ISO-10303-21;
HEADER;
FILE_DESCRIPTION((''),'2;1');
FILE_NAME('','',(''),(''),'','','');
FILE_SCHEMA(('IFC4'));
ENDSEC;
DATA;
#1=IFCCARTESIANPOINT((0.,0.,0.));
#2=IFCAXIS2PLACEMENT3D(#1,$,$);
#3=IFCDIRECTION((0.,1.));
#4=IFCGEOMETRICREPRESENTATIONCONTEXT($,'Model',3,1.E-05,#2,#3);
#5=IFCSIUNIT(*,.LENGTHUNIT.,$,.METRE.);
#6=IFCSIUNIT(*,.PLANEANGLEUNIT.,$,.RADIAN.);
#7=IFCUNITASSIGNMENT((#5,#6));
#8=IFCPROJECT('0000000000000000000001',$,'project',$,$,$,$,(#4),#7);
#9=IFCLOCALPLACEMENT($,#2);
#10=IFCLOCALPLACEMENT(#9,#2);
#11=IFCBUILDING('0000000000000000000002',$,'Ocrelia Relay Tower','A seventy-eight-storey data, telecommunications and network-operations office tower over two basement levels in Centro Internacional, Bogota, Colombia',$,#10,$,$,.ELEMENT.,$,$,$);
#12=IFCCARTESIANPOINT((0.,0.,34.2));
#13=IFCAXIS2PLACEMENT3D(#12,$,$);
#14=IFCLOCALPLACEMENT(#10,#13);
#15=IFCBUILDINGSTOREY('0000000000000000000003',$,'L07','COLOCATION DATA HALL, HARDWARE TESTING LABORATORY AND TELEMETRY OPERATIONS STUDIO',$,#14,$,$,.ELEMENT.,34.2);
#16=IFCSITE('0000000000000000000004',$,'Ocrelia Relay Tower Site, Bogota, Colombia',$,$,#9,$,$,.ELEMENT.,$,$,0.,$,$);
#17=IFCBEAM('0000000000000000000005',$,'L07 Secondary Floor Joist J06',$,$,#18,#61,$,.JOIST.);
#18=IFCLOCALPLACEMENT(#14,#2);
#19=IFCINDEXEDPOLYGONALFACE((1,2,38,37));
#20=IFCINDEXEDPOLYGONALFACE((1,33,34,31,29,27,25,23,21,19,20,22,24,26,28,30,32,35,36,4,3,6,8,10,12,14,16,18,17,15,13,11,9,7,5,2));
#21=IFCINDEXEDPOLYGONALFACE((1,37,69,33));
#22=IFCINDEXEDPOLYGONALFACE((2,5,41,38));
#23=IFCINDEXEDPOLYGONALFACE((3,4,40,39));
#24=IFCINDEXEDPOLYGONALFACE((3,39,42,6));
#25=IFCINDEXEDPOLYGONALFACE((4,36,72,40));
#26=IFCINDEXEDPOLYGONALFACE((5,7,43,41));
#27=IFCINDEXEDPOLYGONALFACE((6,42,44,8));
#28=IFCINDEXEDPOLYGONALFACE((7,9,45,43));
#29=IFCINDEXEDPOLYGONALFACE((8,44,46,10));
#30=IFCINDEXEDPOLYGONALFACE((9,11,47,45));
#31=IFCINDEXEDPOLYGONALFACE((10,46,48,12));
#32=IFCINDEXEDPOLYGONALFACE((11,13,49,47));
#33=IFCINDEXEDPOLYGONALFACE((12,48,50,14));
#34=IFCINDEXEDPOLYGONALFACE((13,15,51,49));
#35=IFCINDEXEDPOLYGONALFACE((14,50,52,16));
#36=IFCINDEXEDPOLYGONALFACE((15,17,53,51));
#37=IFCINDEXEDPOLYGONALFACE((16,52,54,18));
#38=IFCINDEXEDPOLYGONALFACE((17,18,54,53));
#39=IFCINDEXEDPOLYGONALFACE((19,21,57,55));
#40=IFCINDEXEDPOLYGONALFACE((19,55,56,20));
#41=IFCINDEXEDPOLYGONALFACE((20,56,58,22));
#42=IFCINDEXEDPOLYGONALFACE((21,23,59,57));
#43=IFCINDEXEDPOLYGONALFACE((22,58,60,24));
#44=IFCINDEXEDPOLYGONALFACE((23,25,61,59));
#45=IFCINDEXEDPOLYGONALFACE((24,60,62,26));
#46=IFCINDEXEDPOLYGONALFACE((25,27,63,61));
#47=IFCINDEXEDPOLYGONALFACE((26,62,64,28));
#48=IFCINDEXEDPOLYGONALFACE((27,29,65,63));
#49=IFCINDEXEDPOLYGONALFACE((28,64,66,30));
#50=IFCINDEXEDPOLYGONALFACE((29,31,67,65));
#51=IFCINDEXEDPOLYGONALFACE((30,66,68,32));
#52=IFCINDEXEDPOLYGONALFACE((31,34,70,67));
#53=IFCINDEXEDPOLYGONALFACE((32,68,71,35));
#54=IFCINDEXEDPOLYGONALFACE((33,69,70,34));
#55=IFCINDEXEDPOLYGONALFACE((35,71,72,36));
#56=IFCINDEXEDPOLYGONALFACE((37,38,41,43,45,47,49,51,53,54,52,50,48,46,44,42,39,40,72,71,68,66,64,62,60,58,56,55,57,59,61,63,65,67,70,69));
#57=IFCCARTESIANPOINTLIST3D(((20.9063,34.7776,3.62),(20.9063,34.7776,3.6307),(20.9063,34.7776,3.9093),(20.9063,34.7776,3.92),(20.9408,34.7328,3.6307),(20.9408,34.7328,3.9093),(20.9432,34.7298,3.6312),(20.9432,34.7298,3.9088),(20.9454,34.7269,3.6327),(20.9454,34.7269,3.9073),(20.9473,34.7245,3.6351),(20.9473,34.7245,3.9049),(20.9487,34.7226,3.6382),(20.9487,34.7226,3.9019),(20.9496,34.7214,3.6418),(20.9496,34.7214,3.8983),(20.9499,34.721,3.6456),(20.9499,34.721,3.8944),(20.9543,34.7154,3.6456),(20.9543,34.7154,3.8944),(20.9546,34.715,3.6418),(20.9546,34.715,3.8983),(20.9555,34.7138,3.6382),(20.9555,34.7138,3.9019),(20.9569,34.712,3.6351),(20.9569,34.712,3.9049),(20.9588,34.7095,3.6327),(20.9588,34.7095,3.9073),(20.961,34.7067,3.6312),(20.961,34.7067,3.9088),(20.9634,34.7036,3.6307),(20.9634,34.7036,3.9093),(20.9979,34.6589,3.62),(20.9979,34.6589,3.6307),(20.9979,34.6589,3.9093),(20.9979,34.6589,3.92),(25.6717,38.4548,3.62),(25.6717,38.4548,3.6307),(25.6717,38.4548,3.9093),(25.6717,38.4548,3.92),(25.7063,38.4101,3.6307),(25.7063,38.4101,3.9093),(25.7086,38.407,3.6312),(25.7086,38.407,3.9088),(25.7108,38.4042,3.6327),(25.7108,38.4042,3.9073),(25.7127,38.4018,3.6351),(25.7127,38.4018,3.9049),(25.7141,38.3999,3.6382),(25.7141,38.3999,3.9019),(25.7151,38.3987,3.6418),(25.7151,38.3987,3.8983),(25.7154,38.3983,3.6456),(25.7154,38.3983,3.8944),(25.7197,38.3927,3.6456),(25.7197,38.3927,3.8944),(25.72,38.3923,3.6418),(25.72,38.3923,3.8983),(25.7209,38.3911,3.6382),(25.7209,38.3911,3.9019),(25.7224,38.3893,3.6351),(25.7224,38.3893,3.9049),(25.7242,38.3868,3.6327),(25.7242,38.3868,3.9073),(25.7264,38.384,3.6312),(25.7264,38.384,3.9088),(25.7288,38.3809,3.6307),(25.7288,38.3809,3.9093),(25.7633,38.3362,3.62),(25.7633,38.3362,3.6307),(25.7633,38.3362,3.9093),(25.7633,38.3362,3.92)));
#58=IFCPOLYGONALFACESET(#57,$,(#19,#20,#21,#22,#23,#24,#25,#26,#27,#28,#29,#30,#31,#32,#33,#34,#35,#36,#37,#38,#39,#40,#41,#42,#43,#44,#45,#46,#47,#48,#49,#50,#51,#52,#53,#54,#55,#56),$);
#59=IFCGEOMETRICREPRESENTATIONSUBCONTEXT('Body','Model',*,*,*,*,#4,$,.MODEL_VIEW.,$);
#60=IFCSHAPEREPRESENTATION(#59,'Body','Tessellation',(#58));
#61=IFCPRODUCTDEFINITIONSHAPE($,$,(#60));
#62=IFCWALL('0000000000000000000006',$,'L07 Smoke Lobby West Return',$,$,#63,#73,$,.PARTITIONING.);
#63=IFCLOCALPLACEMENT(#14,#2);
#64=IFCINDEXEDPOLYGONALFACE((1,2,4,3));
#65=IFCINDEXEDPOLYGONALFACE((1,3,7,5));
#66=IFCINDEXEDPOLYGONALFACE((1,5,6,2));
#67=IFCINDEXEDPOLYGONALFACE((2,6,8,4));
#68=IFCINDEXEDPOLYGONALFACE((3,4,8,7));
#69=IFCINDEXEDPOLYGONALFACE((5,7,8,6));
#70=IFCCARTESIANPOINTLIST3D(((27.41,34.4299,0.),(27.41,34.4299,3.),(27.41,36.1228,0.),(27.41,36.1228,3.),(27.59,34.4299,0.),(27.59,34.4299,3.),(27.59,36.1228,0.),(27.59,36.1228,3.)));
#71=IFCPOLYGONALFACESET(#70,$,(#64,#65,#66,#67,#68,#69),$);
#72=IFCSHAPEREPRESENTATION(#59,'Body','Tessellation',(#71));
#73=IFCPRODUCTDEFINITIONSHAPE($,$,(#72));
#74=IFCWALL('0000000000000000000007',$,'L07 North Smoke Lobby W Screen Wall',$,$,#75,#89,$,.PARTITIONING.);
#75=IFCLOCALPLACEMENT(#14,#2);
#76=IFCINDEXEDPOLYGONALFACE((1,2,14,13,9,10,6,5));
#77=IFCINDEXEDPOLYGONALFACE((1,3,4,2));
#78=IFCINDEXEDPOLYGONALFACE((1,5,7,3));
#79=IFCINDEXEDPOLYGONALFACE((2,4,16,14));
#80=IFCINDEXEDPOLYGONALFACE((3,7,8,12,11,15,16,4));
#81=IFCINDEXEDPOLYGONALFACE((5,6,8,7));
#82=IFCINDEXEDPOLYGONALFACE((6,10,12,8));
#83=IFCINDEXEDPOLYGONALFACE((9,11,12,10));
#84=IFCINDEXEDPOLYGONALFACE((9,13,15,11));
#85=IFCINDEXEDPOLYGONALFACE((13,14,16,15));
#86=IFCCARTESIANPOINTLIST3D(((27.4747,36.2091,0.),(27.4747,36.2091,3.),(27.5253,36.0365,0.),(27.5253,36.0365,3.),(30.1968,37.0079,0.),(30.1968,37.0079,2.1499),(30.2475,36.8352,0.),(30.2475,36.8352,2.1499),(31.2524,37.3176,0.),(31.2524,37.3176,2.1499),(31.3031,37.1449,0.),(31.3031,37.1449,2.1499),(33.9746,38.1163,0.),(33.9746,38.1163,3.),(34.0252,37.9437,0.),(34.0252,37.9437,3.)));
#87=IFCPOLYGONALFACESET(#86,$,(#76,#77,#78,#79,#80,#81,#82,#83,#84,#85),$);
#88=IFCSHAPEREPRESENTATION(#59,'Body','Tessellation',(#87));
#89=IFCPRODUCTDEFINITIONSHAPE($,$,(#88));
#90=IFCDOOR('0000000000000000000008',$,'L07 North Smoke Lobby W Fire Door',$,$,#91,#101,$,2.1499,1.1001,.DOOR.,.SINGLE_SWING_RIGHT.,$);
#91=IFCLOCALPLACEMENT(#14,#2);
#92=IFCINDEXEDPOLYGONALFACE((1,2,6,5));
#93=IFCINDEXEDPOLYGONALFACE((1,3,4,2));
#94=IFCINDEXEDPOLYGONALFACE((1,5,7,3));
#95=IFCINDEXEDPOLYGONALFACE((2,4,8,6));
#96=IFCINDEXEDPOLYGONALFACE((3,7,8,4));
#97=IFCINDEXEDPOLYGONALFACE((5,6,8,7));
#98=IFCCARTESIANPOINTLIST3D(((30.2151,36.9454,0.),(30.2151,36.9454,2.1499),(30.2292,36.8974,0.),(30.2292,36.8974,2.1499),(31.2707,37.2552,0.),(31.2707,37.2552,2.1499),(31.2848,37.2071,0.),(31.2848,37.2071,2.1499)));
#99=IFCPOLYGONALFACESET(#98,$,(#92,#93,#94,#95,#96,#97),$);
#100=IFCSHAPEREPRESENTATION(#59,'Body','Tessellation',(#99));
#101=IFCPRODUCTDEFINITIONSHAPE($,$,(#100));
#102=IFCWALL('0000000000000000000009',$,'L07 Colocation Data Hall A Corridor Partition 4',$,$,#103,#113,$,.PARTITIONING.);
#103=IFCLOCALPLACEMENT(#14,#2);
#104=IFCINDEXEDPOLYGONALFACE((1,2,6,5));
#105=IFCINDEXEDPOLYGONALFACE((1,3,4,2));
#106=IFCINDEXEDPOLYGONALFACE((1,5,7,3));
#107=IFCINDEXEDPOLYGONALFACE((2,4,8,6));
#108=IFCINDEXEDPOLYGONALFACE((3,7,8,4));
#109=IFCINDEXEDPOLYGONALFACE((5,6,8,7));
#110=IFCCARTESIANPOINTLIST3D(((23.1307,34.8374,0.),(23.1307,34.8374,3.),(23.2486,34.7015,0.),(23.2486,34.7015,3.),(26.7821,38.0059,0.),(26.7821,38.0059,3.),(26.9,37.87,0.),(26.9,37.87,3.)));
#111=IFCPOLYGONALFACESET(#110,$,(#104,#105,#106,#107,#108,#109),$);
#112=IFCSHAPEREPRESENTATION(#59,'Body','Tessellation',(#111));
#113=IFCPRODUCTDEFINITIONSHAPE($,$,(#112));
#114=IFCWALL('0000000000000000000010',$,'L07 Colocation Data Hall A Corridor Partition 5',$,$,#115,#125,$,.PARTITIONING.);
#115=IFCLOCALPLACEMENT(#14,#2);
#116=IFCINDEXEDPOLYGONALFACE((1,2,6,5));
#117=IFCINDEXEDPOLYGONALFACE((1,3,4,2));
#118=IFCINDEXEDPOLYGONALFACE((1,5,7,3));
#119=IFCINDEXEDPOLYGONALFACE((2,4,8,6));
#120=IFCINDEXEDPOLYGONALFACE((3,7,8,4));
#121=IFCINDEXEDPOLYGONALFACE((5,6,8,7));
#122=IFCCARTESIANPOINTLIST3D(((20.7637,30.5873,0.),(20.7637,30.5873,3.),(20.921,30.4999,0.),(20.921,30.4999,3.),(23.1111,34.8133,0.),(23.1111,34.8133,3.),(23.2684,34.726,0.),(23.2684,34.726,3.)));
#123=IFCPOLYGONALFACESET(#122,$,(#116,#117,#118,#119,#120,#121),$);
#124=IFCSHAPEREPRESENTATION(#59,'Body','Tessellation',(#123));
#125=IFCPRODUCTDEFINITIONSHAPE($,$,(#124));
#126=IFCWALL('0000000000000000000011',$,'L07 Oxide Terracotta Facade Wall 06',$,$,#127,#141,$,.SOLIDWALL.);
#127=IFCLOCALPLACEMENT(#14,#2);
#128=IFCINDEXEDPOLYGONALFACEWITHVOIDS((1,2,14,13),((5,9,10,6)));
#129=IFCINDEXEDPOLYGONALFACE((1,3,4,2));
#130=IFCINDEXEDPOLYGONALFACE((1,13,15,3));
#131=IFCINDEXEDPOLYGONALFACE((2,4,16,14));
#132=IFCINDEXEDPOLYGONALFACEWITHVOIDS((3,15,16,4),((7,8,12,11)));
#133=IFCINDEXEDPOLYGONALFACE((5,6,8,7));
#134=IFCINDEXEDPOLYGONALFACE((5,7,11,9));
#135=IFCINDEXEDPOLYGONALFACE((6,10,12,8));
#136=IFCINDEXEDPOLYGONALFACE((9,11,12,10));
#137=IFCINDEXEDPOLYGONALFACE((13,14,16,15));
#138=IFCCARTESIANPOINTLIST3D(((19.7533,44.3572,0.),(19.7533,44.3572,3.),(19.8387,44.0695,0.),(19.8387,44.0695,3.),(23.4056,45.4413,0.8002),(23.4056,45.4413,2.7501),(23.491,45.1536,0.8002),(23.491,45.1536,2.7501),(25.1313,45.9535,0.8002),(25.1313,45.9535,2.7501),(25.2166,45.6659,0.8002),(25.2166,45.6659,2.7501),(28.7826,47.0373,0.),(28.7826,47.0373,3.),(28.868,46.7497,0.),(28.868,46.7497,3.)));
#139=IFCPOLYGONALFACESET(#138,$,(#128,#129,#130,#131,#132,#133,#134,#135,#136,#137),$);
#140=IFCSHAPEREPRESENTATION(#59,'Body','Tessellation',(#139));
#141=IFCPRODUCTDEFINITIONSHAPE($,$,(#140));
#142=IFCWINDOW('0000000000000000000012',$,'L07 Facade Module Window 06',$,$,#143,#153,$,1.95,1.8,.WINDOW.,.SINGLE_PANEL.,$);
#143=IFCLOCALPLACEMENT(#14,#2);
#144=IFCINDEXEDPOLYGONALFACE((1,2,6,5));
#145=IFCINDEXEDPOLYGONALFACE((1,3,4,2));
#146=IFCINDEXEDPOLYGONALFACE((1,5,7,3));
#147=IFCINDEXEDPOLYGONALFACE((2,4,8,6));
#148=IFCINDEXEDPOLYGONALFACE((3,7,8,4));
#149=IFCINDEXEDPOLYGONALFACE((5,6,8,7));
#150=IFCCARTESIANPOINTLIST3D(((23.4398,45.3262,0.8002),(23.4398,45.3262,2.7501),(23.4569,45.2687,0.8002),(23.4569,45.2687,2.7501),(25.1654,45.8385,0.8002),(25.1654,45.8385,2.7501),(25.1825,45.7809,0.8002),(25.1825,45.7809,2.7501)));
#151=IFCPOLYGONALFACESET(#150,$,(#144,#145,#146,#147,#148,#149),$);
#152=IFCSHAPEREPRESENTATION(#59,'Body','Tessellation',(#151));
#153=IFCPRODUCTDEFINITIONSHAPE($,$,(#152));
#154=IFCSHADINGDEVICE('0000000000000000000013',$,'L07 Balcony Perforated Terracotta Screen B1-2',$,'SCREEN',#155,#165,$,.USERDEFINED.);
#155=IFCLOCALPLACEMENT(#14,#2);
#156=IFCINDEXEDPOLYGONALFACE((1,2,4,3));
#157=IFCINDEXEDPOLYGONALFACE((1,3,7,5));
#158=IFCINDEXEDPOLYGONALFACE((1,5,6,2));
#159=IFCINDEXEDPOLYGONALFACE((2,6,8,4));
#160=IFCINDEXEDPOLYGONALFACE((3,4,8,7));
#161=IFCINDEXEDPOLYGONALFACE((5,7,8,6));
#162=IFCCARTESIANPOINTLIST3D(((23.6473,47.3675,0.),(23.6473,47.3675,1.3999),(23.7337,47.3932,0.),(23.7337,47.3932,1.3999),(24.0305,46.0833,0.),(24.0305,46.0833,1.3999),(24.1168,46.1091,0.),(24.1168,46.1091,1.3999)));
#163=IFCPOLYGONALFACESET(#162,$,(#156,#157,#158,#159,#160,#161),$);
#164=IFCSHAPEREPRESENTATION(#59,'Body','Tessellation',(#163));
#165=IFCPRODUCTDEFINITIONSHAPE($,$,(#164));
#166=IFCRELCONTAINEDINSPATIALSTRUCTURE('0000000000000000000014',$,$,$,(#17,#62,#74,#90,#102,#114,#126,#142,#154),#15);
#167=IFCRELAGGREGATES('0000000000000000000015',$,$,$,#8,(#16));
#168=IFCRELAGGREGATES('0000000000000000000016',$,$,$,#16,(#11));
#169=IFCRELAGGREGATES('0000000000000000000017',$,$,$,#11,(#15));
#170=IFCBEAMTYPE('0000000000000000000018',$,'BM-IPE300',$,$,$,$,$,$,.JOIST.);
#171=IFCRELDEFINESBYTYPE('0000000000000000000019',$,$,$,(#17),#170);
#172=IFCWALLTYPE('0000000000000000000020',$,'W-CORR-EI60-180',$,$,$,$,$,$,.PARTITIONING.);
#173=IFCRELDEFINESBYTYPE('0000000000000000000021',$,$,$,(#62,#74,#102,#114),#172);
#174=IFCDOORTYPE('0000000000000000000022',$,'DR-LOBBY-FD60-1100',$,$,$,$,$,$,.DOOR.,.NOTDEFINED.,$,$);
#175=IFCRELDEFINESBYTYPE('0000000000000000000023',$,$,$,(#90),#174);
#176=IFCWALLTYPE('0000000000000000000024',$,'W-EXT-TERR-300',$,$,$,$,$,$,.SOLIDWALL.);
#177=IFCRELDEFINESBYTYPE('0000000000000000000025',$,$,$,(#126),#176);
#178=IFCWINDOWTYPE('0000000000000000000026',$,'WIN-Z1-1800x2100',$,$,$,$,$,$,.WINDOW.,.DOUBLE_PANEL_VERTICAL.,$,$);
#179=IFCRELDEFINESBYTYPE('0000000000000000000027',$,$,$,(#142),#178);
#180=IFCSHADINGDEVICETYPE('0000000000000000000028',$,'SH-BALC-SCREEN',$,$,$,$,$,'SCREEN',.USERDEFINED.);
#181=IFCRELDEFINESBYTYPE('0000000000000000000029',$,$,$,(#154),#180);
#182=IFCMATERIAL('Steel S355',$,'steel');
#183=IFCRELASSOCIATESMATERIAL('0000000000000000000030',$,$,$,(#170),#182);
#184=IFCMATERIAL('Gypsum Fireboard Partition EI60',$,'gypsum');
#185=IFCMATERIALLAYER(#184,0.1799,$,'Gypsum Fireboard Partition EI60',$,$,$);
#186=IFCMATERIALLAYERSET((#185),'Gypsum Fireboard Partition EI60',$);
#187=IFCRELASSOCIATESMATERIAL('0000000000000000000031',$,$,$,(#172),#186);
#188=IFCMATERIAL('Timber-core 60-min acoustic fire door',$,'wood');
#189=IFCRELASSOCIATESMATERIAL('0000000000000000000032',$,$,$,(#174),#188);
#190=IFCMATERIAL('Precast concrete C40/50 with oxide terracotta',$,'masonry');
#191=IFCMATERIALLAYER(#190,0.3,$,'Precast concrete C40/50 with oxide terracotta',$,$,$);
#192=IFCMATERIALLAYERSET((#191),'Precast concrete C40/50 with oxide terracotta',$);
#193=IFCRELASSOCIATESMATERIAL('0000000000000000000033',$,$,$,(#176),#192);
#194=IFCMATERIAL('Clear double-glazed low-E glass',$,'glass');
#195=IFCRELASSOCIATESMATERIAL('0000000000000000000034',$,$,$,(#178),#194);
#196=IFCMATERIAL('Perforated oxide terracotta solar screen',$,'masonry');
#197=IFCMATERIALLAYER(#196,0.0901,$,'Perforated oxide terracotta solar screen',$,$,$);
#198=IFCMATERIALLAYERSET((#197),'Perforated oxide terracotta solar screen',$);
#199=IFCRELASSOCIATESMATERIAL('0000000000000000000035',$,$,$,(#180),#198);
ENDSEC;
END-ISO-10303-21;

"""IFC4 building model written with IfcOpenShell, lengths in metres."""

from ifc_helpers import new_model, si_unit, direction, frame, frame_2d, origin, origin_2d, place, context, subcontext, project, spatial, rectangle, i_section, extrude, material, layer, layer_set, material_profile, profile_set, type_object, element, fill, save


model = new_model("IFC4")

# Units and contexts
model_context = context("Model", 3, precision=1e-05, world=origin(), true_north=direction((0.0, 1.0)))
body_context = subcontext(model_context, "Body", "Model", "MODEL_VIEW")
ifc_project = project(units=[si_unit("LENGTHUNIT", "METRE"), si_unit("PLANEANGLEUNIT", "RADIAN")], contexts=[model_context])

# Site, building, storey
site_placement = place(None, origin())
site = spatial("IfcSite", under=ifc_project, at=site_placement, Name="Ocrelia Relay Tower Site, Bogota, Colombia", CompositionType="ELEMENT", RefElevation=0.0)
building_placement = place(site_placement, origin())
building = spatial("IfcBuilding", under=site, at=building_placement, Name="Ocrelia Relay Tower", Description="A seventy-eight-storey data, telecommunications and network-operations office tower over two basement levels in Centro Internacional, Bogota, Colombia", CompositionType="ELEMENT")
storey_placement = place(building_placement, frame((0.0, 0.0, 34.2)))
storey = spatial("IfcBuildingStorey", under=building, at=storey_placement, Name="L07", Description="COLOCATION DATA HALL, HARDWARE TESTING LABORATORY AND TELEMETRY OPERATIONS STUDIO", CompositionType="ELEMENT", Elevation=34.2)

# Beam
ifc_material_1 = material(Name="Steel S355", Category="steel")
ifc_material_profile_1 = material_profile(ifc_material_1, i_section(OverallWidth=0.1499, OverallDepth=0.3, WebThickness=0.0071, FlangeThickness=0.0107, FilletRadius=0.0149, at=origin_2d()), Name="IPE 300")
ifc_profile_set_1 = profile_set([ifc_material_profile_1], Name="Steel S355")
beam_type_1 = type_object("IfcBeamType", Name="BM-IPE300", PredefinedType="JOIST", material=ifc_profile_set_1)
beam_1_placement = place(storey_placement, frame((25.7175, 38.3955, 3.77), z_axis=(-0.791694, -0.610918, 0.0), x_axis=(0.610918, -0.791694, 0.0)))
element("IfcBeam", 1, at=beam_1_placement, inside=storey, type_object=beam_type_1, Name="L07 Secondary Floor Joist J06", PredefinedType="JOIST", context=body_context, shape_type="SweptSolid", body=[
    extrude(i_section(OverallWidth=0.1499, OverallDepth=0.3, WebThickness=0.0071, FlangeThickness=0.0107, FilletRadius=0.0149, at=origin_2d()), origin(), (0.0, 0.0, 1.0), 6.0193),
])

# Wall
ifc_material_2 = material(Name="Gypsum Fireboard Partition EI60", Category="gypsum")
ifc_layer_1 = layer(ifc_material_2, 0.1799, Name="Gypsum Fireboard Partition EI60")
ifc_layer_set_1 = layer_set([ifc_layer_1], Name="Gypsum Fireboard Partition EI60")
wall_type_1 = type_object("IfcWallType", Name="W-CORR-EI60-180", PredefinedType="PARTITIONING", material=ifc_layer_set_1)
wall_1_placement = place(storey_placement, frame((27.5, 34.4299, 0.0), z_axis=(0.0, 0.0, 1.0), x_axis=(0.0, 1.0, 0.0)))
element("IfcWall", 2, at=wall_1_placement, inside=storey, type_object=wall_type_1, Name="L07 Smoke Lobby West Return", PredefinedType="PARTITIONING", context=body_context, shape_type="SweptSolid", body=[
    extrude(rectangle(XDim=1.6929, YDim=0.1799, at=frame_2d((0.8464, 0.0))), origin(), (0.0, 0.0, 1.0), 3.0),
])

# Wall, opening, door
wall_2_placement = place(storey_placement, frame((27.5, 36.1228, 0.0), z_axis=(0.0, 0.0, 1.0), x_axis=(0.959547, 0.28155, 0.0)))
wall_2 = element("IfcWall", 3, at=wall_2_placement, inside=storey, type_object=wall_type_1, Name="L07 North Smoke Lobby W Screen Wall", PredefinedType="PARTITIONING", context=body_context, shape_type="SweptSolid", body=[
    extrude(rectangle(XDim=6.7739, YDim=0.1799, at=frame_2d((3.387, 0.0))), origin(), (0.0, 0.0, 1.0), 3.0),
])
opening_1_placement = place(wall_2_placement, frame((2.8369, 0.0, 0.0)))
opening_1 = element("IfcOpeningElement", 4, at=opening_1_placement, cuts=wall_2, PredefinedType="OPENING", context=body_context, shape_type="SweptSolid", body=[
    extrude(rectangle(XDim=1.1001, YDim=2.1499, at=frame_2d((0.55, 1.075))), frame((0.0, 0.1001, 0.0), z_axis=(0.0, -1.0, 0.0), x_axis=(1.0, 0.0, 0.0)), (0.0, 0.0, 1.0), 0.2),
])
ifc_material_3 = material(Name="Timber-core 60-min acoustic fire door", Category="wood")
door_type = type_object("IfcDoorType", Name="DR-LOBBY-FD60-1100", OperationType="NOTDEFINED", PredefinedType="DOOR", material=ifc_material_3)
door_1_placement = place(opening_1_placement, origin())
door_1 = element("IfcDoor", 5, at=door_1_placement, inside=storey, type_object=door_type, Name="L07 North Smoke Lobby W Fire Door", OperationType="SINGLE_SWING_RIGHT", OverallHeight=2.1499, OverallWidth=1.1001, PredefinedType="DOOR", context=body_context, shape_type="SweptSolid", body=[
    extrude(rectangle(XDim=1.1001, YDim=2.1499, at=frame_2d((0.55, 1.075))), frame((0.0, 0.0249, 0.0), z_axis=(0.0, -1.0, 0.0), x_axis=(1.0, 0.0, 0.0)), (0.0, 0.0, 1.0), 0.05),
])
fill(opening_1, door_1)

# Walls
wall_3_placement = place(storey_placement, frame((26.8411, 37.938, 0.0), z_axis=(0.0, 0.0, 1.0), x_axis=(-0.755286, -0.655396, 0.0)))
element("IfcWall", 6, at=wall_3_placement, inside=storey, type_object=wall_type_1, Name="L07 Colocation Data Hall A Corridor Partition 4", PredefinedType="PARTITIONING", context=body_context, shape_type="SweptSolid", body=[
    extrude(rectangle(XDim=4.8345, YDim=0.1799, at=frame_2d((2.4172, 0.0))), origin(), (0.0, 0.0, 1.0), 3.0),
])
wall_4_placement = place(storey_placement, frame((23.1897, 34.7695, 0.0), z_axis=(0.0, 0.0, 1.0), x_axis=(-0.485579, -0.874193, 0.0)))
element("IfcWall", 7, at=wall_4_placement, inside=storey, type_object=wall_type_1, Name="L07 Colocation Data Hall A Corridor Partition 5", PredefinedType="PARTITIONING", context=body_context, shape_type="SweptSolid", body=[
    extrude(rectangle(XDim=4.8342, YDim=0.1799, at=frame_2d((2.417, 0.0))), origin(), (0.0, 0.0, 1.0), 3.0),
])

# Wall, opening, window
ifc_material_4 = material(Name="Precast concrete C40/50 with oxide terracotta", Category="masonry")
ifc_layer_2 = layer(ifc_material_4, 0.3, Name="Precast concrete C40/50 with oxide terracotta")
ifc_layer_set_2 = layer_set([ifc_layer_2], Name="Precast concrete C40/50 with oxide terracotta")
wall_type_2 = type_object("IfcWallType", Name="W-EXT-TERR-300", PredefinedType="SOLIDWALL", material=ifc_layer_set_2)
wall_5_placement = place(storey_placement, frame((28.8254, 46.8936, 0.0), z_axis=(0.0, 0.0, 1.0), x_axis=(-0.958658, -0.28456, 0.0)))
wall_5 = element("IfcWall", 8, at=wall_5_placement, inside=storey, type_object=wall_type_2, Name="L07 Oxide Terracotta Facade Wall 06", PredefinedType="SOLIDWALL", context=body_context, shape_type="SweptSolid", body=[
    extrude(rectangle(XDim=9.4187, YDim=0.3, at=frame_2d((4.7095, 0.0))), origin(), (0.0, 0.0, 1.0), 3.0),
])
opening_2_placement = place(wall_5_placement, frame((3.8091, 0.0, 0.8)))
opening_2 = element("IfcOpeningElement", 9, at=opening_2_placement, cuts=wall_5, PredefinedType="OPENING", context=body_context, shape_type="SweptSolid", body=[
    extrude(rectangle(XDim=1.8, YDim=1.95, at=frame_2d((0.8999, 0.9751))), frame((0.0, 0.1602, 0.0), z_axis=(0.0, -1.0, 0.0), x_axis=(1.0, 0.0, 0.0)), (0.0, 0.0, 1.0), 0.3201),
])
ifc_material_5 = material(Name="Clear double-glazed low-E glass", Category="glass")
window_type = type_object("IfcWindowType", Name="WIN-Z1-1800x2100", PartitioningType="DOUBLE_PANEL_VERTICAL", PredefinedType="WINDOW", material=ifc_material_5)
window_placement = place(opening_2_placement, origin())
window = element("IfcWindow", 10, at=window_placement, inside=storey, type_object=window_type, Name="L07 Facade Module Window 06", OverallHeight=1.95, OverallWidth=1.8, PartitioningType="SINGLE_PANEL", PredefinedType="WINDOW", context=body_context, shape_type="SweptSolid", body=[
    extrude(rectangle(XDim=1.8, YDim=1.95, at=frame_2d((0.8999, 0.9751))), frame((0.0, 0.03, 0.0), z_axis=(0.0, -1.0, 0.0), x_axis=(1.0, 0.0, 0.0)), (0.0, 0.0, 1.0), 0.0601),
])
fill(opening_2, window)

# Shading device
ifc_material_6 = material(Name="Perforated oxide terracotta solar screen", Category="masonry")
ifc_layer_3 = layer(ifc_material_6, 0.0901, Name="Perforated oxide terracotta solar screen")
ifc_layer_set_3 = layer_set([ifc_layer_3], Name="Perforated oxide terracotta solar screen")
shading_device_type_1 = type_object("IfcShadingDeviceType", Name="SH-BALC-SCREEN", ElementType="SCREEN", PredefinedType="USERDEFINED", material=ifc_layer_set_3)
shading_device_1_placement = place(storey_placement, frame((23.8821, 46.7383, 0.0), z_axis=(0.0, 0.0, 1.0), x_axis=(-0.285906, 0.958258, 0.0)))
element("IfcShadingDevice", 11, at=shading_device_1_placement, inside=storey, type_object=shading_device_type_1, Name="L07 Balcony Perforated Terracotta Screen B1-2", ObjectType="SCREEN", PredefinedType="USERDEFINED", context=body_context, shape_type="SweptSolid", body=[
    extrude(rectangle(XDim=1.3401, YDim=0.0901, at=origin_2d()), origin(), (0.0, 0.0, 1.0), 1.3999),
])

save(model, "model.ifc")
